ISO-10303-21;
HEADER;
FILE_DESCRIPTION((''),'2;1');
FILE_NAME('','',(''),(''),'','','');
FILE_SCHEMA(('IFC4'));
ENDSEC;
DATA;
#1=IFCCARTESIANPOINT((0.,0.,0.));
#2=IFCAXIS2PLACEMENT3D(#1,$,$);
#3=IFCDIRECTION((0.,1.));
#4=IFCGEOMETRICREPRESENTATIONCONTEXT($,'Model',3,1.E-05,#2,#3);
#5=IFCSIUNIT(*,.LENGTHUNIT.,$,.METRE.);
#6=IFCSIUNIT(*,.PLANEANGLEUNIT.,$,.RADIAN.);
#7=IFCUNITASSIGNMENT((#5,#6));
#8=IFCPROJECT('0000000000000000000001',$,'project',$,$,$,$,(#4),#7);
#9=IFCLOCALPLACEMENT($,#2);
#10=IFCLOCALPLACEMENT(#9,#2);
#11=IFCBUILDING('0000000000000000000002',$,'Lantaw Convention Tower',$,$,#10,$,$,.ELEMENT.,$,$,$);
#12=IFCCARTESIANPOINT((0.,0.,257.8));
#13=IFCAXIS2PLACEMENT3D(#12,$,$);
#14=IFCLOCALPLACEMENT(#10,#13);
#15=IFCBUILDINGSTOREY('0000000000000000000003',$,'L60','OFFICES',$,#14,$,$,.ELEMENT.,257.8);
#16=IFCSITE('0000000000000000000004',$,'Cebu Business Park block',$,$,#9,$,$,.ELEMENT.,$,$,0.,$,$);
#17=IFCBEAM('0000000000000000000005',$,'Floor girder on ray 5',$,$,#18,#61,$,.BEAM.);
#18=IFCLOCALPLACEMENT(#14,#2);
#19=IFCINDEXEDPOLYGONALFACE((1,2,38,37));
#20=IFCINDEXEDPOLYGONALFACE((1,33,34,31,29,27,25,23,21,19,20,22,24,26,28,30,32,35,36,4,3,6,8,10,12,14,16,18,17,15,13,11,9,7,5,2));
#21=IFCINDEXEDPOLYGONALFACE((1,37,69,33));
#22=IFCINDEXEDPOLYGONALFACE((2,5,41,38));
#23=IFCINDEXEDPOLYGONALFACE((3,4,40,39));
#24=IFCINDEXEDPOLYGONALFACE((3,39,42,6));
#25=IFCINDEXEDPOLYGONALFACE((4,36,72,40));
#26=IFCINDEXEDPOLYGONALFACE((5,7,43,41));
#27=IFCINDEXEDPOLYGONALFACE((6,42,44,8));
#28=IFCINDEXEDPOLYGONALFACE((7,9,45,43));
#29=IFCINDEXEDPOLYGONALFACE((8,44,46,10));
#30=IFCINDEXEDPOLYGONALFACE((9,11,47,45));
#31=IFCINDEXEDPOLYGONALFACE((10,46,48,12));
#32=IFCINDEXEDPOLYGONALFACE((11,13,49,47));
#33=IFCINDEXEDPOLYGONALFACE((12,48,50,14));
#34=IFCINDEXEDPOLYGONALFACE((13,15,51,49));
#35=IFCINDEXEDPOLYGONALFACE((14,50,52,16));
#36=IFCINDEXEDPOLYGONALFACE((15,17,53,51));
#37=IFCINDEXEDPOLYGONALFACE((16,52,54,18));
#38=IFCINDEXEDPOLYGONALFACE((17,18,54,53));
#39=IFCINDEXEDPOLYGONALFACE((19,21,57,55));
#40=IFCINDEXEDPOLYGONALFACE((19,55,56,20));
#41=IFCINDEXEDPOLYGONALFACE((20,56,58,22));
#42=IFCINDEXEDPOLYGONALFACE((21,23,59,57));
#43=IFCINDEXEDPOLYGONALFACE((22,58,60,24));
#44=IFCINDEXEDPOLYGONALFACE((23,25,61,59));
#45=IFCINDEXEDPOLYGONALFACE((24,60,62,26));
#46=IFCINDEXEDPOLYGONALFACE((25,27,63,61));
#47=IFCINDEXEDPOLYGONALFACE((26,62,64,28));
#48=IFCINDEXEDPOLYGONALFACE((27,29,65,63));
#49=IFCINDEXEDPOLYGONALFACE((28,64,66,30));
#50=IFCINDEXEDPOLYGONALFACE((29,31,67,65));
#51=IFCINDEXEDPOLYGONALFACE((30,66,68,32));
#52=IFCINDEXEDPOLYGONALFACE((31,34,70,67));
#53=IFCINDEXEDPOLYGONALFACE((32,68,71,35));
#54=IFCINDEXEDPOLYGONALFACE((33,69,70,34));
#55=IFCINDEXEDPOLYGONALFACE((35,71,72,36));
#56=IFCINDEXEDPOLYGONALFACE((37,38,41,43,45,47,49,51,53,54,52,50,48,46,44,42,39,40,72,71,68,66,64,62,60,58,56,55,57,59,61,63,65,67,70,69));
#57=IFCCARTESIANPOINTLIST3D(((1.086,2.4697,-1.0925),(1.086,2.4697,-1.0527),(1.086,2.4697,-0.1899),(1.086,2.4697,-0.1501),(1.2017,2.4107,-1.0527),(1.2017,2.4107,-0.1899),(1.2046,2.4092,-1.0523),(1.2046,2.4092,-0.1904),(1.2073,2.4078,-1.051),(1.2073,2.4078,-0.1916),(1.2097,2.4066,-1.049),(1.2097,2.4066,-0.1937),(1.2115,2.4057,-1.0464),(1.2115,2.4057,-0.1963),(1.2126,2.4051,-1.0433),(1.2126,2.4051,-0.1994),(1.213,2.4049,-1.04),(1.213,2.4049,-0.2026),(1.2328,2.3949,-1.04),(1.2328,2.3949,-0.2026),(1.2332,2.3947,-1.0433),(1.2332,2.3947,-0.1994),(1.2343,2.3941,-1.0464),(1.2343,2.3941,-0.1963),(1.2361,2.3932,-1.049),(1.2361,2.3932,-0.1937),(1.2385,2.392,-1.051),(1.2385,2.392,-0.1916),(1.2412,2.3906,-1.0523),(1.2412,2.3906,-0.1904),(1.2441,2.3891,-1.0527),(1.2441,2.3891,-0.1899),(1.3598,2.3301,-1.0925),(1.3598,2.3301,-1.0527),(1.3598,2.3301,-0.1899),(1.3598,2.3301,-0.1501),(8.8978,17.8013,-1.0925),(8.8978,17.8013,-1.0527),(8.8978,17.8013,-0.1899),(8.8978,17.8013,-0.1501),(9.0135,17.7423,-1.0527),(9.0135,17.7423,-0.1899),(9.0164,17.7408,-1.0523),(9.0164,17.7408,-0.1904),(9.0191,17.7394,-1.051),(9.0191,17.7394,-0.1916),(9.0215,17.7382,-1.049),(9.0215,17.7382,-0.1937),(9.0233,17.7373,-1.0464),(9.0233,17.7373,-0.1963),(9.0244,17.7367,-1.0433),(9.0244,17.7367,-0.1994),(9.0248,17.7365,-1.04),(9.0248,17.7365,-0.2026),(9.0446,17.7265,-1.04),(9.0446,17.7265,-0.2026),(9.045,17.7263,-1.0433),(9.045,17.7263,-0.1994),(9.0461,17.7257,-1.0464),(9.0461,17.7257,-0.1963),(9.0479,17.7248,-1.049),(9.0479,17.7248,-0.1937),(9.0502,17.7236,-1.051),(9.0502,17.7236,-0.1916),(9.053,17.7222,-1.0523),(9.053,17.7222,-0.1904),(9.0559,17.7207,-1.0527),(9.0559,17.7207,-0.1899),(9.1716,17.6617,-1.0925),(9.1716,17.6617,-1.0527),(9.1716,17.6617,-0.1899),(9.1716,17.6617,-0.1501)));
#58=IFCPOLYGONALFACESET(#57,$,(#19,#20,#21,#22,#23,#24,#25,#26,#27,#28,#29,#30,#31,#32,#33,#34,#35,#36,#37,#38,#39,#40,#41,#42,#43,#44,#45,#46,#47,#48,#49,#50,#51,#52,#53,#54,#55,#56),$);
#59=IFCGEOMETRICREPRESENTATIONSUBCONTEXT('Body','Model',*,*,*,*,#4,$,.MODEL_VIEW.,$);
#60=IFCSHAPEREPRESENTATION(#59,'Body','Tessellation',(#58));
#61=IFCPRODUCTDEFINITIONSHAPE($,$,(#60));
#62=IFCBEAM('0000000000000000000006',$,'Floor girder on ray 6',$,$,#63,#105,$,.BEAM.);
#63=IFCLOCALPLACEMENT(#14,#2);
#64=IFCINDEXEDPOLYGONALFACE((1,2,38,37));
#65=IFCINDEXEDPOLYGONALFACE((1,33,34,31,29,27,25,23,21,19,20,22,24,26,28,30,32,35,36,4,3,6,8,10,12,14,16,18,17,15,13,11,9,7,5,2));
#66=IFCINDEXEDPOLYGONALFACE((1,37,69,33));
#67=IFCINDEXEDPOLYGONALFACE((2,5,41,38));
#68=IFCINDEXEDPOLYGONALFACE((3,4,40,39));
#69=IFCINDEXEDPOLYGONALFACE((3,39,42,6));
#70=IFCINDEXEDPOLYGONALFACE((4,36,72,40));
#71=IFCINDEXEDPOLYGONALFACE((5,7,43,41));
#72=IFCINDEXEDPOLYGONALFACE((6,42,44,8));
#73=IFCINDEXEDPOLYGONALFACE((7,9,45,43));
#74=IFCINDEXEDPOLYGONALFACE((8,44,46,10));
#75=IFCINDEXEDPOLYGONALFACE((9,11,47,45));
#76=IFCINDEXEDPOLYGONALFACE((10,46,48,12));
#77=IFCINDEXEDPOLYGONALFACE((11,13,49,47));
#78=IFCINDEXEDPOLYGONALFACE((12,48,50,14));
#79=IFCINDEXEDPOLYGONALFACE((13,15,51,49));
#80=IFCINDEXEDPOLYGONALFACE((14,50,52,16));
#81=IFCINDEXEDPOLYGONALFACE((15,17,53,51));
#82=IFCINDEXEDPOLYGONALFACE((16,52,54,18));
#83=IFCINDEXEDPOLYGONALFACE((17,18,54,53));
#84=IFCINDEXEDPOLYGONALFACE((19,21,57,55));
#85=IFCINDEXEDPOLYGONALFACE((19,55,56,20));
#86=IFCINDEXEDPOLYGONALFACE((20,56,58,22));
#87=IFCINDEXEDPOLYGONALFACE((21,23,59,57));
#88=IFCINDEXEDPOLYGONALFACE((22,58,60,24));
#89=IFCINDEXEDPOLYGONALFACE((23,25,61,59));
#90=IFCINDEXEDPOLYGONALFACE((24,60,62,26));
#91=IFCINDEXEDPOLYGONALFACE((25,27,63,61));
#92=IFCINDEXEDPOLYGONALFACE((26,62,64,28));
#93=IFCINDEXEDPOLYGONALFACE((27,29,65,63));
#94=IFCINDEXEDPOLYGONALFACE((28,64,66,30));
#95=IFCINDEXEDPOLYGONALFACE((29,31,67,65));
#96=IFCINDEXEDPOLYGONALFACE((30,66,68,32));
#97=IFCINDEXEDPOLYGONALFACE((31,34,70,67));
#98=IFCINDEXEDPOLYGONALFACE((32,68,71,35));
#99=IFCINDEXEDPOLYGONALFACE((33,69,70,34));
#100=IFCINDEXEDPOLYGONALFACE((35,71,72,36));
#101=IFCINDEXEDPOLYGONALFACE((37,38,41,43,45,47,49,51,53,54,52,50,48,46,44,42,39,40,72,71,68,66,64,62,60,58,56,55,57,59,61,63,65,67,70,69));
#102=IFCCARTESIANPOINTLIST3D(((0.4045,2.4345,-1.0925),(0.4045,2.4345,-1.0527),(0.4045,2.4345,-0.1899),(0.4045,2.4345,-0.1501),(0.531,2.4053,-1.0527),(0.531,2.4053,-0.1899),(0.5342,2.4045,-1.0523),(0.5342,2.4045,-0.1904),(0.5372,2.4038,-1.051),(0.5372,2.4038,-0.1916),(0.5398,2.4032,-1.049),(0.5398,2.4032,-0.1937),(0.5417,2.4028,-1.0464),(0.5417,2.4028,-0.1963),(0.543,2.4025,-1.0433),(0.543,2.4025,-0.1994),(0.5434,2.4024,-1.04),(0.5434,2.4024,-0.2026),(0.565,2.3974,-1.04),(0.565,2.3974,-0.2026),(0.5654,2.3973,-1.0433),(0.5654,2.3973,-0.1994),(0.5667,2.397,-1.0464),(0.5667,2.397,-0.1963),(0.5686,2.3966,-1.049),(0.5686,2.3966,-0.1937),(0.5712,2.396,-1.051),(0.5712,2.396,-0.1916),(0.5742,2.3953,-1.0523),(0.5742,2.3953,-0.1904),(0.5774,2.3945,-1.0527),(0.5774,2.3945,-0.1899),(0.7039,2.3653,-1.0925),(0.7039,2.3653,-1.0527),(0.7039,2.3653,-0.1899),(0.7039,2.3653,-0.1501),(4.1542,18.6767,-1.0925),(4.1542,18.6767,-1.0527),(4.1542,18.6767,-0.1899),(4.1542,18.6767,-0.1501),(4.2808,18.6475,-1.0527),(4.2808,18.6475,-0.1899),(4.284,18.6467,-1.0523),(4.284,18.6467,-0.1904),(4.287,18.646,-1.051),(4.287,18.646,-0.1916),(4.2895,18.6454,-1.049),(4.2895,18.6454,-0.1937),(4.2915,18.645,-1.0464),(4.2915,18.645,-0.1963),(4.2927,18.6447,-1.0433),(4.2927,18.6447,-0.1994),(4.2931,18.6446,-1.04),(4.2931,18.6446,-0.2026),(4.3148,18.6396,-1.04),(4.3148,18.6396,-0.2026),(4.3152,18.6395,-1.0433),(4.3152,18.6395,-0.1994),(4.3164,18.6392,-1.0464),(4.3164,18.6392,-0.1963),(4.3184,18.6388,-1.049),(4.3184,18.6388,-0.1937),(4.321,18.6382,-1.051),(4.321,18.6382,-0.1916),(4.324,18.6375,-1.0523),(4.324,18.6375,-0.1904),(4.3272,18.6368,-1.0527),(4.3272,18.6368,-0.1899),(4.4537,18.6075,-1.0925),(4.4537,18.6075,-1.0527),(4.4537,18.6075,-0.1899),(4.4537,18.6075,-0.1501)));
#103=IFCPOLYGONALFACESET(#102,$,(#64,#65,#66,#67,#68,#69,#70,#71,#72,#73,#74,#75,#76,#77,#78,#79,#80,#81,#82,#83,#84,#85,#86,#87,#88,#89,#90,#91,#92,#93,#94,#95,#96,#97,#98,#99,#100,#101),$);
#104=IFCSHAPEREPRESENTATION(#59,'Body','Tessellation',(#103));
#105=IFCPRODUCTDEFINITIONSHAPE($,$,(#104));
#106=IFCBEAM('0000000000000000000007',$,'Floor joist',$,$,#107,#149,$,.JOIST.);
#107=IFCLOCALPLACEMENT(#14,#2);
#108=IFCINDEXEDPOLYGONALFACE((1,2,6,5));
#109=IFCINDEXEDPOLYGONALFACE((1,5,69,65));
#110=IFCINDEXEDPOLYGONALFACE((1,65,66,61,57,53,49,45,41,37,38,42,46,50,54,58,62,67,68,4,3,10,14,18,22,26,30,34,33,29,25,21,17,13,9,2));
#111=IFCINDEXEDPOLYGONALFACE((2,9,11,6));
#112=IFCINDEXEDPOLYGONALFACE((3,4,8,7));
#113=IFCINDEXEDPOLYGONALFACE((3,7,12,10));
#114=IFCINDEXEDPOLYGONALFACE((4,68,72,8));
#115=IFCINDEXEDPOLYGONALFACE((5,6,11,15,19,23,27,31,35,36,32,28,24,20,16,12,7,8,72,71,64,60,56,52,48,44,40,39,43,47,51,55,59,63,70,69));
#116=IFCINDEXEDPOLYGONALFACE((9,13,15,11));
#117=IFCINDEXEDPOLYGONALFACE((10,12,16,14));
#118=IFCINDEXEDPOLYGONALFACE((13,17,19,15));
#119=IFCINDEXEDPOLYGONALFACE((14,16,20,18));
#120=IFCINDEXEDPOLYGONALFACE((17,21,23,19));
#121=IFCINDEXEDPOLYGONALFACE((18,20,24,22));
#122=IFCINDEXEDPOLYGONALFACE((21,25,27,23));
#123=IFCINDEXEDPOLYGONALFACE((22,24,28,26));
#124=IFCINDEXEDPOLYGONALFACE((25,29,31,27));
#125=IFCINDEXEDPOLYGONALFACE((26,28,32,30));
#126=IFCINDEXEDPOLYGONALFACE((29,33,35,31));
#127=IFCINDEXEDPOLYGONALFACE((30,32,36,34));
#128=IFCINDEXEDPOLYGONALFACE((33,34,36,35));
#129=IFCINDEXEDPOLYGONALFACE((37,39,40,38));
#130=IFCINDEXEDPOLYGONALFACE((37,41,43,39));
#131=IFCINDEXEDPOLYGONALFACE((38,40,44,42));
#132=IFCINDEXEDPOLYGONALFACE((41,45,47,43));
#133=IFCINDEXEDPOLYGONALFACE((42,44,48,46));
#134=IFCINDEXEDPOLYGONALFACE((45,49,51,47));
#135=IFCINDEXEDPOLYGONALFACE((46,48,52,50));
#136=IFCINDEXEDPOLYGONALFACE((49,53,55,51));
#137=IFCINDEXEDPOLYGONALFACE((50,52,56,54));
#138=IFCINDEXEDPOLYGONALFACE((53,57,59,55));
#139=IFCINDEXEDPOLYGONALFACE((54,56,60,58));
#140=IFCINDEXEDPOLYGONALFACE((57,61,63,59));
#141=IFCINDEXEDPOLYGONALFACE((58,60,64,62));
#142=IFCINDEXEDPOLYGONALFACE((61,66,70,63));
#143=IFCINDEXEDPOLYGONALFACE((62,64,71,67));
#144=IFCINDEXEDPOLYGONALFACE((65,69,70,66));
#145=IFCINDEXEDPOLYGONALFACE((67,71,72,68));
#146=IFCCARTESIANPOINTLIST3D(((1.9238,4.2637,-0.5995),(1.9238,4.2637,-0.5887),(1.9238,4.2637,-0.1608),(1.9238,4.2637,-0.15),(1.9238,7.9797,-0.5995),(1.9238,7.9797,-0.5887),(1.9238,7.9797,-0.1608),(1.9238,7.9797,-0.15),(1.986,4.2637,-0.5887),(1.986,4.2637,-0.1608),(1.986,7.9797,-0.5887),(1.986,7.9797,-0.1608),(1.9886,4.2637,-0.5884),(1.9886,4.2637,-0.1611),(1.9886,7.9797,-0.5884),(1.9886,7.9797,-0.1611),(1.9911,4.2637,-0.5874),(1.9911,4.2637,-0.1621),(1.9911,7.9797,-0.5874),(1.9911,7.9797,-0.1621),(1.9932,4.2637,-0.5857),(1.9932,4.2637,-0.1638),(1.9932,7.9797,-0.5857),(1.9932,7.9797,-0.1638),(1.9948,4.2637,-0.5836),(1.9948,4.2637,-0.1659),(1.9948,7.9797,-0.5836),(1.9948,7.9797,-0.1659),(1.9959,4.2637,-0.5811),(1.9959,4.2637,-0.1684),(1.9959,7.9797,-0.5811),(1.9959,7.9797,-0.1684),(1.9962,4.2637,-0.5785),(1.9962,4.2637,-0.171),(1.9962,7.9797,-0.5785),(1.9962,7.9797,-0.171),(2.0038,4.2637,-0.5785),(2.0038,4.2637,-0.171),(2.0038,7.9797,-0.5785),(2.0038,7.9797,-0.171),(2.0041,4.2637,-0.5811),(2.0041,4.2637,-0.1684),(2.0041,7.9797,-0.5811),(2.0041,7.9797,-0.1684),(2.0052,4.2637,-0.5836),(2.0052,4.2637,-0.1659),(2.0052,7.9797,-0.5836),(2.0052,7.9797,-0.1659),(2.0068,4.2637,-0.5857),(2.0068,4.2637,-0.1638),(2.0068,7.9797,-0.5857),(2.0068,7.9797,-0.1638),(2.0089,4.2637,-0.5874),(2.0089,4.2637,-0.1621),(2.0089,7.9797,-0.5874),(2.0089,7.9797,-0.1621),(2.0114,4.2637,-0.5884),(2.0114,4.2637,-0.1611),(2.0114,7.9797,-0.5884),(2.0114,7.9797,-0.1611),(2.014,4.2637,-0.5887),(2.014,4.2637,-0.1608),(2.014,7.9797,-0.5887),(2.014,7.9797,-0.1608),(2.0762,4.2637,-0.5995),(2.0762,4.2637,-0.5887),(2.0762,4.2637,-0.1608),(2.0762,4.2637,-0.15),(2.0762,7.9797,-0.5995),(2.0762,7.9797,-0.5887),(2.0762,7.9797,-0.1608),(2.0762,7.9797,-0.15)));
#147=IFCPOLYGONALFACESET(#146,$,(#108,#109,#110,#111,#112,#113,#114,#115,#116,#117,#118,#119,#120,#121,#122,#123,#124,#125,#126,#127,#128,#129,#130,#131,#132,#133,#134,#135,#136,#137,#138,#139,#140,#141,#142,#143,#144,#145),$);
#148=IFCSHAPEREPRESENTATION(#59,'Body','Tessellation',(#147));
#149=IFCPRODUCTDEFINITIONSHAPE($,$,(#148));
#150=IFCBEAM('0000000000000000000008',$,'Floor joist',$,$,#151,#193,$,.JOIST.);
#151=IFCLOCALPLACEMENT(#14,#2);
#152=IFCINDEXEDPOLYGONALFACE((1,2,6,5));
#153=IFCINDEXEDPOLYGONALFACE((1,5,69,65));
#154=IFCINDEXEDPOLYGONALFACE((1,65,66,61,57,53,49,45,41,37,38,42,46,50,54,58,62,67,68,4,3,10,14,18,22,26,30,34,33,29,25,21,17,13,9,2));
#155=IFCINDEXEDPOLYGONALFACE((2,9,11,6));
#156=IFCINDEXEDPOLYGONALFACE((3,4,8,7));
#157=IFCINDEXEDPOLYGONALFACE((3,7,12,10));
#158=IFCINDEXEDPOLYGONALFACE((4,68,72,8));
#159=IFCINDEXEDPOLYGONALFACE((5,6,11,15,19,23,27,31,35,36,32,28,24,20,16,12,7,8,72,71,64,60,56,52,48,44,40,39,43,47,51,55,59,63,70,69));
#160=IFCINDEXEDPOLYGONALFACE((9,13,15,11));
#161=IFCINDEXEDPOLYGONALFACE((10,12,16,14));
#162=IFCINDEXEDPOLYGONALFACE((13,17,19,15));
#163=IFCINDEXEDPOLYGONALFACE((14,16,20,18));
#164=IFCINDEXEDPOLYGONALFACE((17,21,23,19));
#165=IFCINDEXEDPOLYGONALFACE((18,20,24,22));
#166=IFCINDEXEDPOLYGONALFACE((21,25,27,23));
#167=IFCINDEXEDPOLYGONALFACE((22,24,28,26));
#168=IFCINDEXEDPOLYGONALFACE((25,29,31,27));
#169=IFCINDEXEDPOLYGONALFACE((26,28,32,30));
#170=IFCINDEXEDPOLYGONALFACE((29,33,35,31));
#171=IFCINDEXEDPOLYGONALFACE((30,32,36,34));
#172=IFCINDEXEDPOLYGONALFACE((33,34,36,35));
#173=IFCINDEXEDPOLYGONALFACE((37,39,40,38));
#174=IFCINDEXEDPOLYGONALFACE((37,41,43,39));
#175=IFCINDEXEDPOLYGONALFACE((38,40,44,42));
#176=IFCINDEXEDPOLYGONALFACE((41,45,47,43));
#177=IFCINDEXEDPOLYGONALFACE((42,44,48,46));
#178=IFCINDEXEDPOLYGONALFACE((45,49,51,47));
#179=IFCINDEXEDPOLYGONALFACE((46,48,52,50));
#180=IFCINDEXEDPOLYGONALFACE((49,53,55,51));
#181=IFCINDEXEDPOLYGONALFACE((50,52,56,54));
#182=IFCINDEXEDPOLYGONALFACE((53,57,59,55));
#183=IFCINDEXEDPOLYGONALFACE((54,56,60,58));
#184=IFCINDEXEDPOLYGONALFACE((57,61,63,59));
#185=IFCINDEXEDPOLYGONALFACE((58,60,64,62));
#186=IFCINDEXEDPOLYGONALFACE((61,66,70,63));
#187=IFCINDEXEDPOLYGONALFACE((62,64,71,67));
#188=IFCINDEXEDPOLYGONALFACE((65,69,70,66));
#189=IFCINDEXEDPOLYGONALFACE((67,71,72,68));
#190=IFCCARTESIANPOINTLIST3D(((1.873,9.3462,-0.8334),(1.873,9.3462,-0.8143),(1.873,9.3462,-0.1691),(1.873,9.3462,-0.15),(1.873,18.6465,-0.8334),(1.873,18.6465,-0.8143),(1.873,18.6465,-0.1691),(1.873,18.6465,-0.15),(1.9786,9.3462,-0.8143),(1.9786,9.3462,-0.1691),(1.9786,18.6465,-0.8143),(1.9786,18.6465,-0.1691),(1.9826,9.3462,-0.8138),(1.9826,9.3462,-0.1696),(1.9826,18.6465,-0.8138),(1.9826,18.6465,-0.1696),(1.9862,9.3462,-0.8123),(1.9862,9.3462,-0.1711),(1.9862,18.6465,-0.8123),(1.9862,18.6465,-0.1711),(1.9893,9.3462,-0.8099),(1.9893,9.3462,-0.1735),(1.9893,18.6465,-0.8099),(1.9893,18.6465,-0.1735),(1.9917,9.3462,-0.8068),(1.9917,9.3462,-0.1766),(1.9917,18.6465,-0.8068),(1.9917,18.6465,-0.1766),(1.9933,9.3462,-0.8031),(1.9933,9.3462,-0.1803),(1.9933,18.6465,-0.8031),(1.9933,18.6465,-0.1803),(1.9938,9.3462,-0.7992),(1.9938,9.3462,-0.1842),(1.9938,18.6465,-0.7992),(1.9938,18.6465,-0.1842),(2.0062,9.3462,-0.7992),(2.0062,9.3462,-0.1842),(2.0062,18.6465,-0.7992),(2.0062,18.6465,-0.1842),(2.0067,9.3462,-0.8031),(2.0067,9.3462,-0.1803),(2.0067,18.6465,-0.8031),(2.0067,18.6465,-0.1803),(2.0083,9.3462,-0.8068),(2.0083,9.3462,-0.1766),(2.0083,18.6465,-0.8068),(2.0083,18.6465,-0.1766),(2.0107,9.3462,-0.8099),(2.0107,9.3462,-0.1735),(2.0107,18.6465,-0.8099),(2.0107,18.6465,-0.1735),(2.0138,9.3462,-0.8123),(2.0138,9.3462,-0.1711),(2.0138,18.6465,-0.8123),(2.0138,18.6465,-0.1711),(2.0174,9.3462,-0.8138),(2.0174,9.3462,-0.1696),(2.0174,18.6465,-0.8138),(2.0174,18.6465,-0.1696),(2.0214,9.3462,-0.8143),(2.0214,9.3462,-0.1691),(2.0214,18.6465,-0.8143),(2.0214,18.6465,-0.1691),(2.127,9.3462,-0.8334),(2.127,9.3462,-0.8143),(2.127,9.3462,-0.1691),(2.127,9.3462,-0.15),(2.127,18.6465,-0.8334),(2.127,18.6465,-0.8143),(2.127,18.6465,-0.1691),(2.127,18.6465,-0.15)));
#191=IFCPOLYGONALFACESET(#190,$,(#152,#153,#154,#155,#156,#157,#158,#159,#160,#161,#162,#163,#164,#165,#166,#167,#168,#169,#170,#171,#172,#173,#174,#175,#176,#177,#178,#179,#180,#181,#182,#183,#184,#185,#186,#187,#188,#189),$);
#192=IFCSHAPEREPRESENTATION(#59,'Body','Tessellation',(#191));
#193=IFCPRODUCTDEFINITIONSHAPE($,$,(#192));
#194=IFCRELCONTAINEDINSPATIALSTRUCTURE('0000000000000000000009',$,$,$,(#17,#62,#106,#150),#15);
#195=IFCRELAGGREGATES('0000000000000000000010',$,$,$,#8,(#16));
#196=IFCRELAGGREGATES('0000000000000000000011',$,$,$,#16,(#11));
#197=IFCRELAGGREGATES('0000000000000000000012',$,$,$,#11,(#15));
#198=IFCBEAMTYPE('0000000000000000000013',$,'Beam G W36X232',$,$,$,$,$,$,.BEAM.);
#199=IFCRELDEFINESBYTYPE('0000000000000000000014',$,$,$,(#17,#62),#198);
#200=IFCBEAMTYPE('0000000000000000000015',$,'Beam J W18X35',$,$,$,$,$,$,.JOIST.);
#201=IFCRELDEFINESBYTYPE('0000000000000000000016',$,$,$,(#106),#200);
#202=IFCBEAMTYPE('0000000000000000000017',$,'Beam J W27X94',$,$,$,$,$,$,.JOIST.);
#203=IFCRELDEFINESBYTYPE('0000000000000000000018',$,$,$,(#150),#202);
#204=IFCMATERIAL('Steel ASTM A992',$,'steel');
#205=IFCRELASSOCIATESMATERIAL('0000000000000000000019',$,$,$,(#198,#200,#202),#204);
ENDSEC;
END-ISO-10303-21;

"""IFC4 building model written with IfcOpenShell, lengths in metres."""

from ifc_helpers import new_model, si_unit, direction, frame, origin, origin_2d, place, context, subcontext, project, spatial, i_section, extrude, material, material_profile, profile_set, type_object, element, save


model = new_model("IFC4")

# Units and contexts
model_context = context("Model", 3, precision=1e-05, world=origin(), true_north=direction((0.0, 1.0)))
body_context = subcontext(model_context, "Body", "Model", "MODEL_VIEW")
ifc_project = project(units=[si_unit("LENGTHUNIT", "METRE"), si_unit("PLANEANGLEUNIT", "RADIAN")], contexts=[model_context])

# Site, building, storey
site_placement = place(None, origin())
site = spatial("IfcSite", under=ifc_project, at=site_placement, Name="Cebu Business Park block", CompositionType="ELEMENT", RefElevation=0.0)
building_placement = place(site_placement, origin())
building = spatial("IfcBuilding", under=site, at=building_placement, Name="Lantaw Convention Tower", CompositionType="ELEMENT")
storey_placement = place(building_placement, frame((0.0, 0.0, 257.8)))
storey = spatial("IfcBuildingStorey", under=building, at=storey_placement, Name="L60", Description="OFFICES", CompositionType="ELEMENT", Elevation=257.8)

# Beams
ifc_material_1 = material(Name="Steel ASTM A992", Category="steel")
ifc_material_profile_1 = material_profile(ifc_material_1, i_section(OverallWidth=0.3074, OverallDepth=0.9424, WebThickness=0.0222, FlangeThickness=0.0398, FilletRadius=0.0127, at=origin_2d()), Name="W36X232")
ifc_profile_set_1 = profile_set([ifc_material_profile_1], Name="Steel ASTM A992")
beam_type_1 = type_object("IfcBeamType", Name="Beam G W36X232", PredefinedType="BEAM", material=ifc_profile_set_1)
beam_1_placement = place(storey_placement, frame((1.2229, 2.3999, -0.6213), z_axis=(0.453988, 0.891008, 0.0), x_axis=(-0.891008, 0.453988, 0.0)))
element("IfcBeam", 1, at=beam_1_placement, inside=storey, type_object=beam_type_1, Name="Floor girder on ray 5", PredefinedType="BEAM", context=body_context, shape_type="SweptSolid", body=[
    extrude(i_section(OverallWidth=0.3074, OverallDepth=0.9424, WebThickness=0.0222, FlangeThickness=0.0398, FilletRadius=0.0127, at=origin_2d()), origin(), (0.0, 0.0, 1.0), 17.207),
])
beam_2_placement = place(storey_placement, frame((0.5542, 2.3999, -0.6213), z_axis=(0.224948, 0.974371, 0.0), x_axis=(-0.974371, 0.224948, 0.0)))
element("IfcBeam", 2, at=beam_2_placement, inside=storey, type_object=beam_type_1, Name="Floor girder on ray 6", PredefinedType="BEAM", context=body_context, shape_type="SweptSolid", body=[
    extrude(i_section(OverallWidth=0.3074, OverallDepth=0.9424, WebThickness=0.0222, FlangeThickness=0.0398, FilletRadius=0.0127, at=origin_2d()), origin(), (0.0, 0.0, 1.0), 16.6694),
])
ifc_material_profile_2 = material_profile(ifc_material_1, i_section(OverallWidth=0.1523, OverallDepth=0.4495, WebThickness=0.0076, FlangeThickness=0.0107, FilletRadius=0.0103, at=origin_2d()), Name="W18X35")
ifc_profile_set_2 = profile_set([ifc_material_profile_2], Name="Steel ASTM A992")
beam_type_2 = type_object("IfcBeamType", Name="Beam J W18X35", PredefinedType="JOIST", material=ifc_profile_set_2)
beam_3_placement = place(storey_placement, frame((2.0, 4.2637, -0.3748), z_axis=(0.0, 1.0, 0.0), x_axis=(-1.0, 0.0, 0.0)))
element("IfcBeam", 3, at=beam_3_placement, inside=storey, type_object=beam_type_2, Name="Floor joist", PredefinedType="JOIST", context=body_context, shape_type="SweptSolid", body=[
    extrude(i_section(OverallWidth=0.1523, OverallDepth=0.4495, WebThickness=0.0076, FlangeThickness=0.0107, FilletRadius=0.0103, at=origin_2d()), origin(), (0.0, 0.0, 1.0), 3.7161),
])
ifc_material_profile_3 = material_profile(ifc_material_1, i_section(OverallWidth=0.2539, OverallDepth=0.6833, WebThickness=0.0125, FlangeThickness=0.019, FilletRadius=0.0151, at=origin_2d()), Name="W27X94")
ifc_profile_set_3 = profile_set([ifc_material_profile_3], Name="Steel ASTM A992")
beam_type_3 = type_object("IfcBeamType", Name="Beam J W27X94", PredefinedType="JOIST", material=ifc_profile_set_3)
beam_4_placement = place(storey_placement, frame((2.0, 9.3462, -0.4917), z_axis=(0.0, 1.0, 0.0), x_axis=(-1.0, 0.0, 0.0)))
element("IfcBeam", 4, at=beam_4_placement, inside=storey, type_object=beam_type_3, Name="Floor joist", PredefinedType="JOIST", context=body_context, shape_type="SweptSolid", body=[
    extrude(i_section(OverallWidth=0.2539, OverallDepth=0.6833, WebThickness=0.0125, FlangeThickness=0.019, FilletRadius=0.0151, at=origin_2d()), origin(), (0.0, 0.0, 1.0), 9.3003),
])

save(model, "model.ifc")
